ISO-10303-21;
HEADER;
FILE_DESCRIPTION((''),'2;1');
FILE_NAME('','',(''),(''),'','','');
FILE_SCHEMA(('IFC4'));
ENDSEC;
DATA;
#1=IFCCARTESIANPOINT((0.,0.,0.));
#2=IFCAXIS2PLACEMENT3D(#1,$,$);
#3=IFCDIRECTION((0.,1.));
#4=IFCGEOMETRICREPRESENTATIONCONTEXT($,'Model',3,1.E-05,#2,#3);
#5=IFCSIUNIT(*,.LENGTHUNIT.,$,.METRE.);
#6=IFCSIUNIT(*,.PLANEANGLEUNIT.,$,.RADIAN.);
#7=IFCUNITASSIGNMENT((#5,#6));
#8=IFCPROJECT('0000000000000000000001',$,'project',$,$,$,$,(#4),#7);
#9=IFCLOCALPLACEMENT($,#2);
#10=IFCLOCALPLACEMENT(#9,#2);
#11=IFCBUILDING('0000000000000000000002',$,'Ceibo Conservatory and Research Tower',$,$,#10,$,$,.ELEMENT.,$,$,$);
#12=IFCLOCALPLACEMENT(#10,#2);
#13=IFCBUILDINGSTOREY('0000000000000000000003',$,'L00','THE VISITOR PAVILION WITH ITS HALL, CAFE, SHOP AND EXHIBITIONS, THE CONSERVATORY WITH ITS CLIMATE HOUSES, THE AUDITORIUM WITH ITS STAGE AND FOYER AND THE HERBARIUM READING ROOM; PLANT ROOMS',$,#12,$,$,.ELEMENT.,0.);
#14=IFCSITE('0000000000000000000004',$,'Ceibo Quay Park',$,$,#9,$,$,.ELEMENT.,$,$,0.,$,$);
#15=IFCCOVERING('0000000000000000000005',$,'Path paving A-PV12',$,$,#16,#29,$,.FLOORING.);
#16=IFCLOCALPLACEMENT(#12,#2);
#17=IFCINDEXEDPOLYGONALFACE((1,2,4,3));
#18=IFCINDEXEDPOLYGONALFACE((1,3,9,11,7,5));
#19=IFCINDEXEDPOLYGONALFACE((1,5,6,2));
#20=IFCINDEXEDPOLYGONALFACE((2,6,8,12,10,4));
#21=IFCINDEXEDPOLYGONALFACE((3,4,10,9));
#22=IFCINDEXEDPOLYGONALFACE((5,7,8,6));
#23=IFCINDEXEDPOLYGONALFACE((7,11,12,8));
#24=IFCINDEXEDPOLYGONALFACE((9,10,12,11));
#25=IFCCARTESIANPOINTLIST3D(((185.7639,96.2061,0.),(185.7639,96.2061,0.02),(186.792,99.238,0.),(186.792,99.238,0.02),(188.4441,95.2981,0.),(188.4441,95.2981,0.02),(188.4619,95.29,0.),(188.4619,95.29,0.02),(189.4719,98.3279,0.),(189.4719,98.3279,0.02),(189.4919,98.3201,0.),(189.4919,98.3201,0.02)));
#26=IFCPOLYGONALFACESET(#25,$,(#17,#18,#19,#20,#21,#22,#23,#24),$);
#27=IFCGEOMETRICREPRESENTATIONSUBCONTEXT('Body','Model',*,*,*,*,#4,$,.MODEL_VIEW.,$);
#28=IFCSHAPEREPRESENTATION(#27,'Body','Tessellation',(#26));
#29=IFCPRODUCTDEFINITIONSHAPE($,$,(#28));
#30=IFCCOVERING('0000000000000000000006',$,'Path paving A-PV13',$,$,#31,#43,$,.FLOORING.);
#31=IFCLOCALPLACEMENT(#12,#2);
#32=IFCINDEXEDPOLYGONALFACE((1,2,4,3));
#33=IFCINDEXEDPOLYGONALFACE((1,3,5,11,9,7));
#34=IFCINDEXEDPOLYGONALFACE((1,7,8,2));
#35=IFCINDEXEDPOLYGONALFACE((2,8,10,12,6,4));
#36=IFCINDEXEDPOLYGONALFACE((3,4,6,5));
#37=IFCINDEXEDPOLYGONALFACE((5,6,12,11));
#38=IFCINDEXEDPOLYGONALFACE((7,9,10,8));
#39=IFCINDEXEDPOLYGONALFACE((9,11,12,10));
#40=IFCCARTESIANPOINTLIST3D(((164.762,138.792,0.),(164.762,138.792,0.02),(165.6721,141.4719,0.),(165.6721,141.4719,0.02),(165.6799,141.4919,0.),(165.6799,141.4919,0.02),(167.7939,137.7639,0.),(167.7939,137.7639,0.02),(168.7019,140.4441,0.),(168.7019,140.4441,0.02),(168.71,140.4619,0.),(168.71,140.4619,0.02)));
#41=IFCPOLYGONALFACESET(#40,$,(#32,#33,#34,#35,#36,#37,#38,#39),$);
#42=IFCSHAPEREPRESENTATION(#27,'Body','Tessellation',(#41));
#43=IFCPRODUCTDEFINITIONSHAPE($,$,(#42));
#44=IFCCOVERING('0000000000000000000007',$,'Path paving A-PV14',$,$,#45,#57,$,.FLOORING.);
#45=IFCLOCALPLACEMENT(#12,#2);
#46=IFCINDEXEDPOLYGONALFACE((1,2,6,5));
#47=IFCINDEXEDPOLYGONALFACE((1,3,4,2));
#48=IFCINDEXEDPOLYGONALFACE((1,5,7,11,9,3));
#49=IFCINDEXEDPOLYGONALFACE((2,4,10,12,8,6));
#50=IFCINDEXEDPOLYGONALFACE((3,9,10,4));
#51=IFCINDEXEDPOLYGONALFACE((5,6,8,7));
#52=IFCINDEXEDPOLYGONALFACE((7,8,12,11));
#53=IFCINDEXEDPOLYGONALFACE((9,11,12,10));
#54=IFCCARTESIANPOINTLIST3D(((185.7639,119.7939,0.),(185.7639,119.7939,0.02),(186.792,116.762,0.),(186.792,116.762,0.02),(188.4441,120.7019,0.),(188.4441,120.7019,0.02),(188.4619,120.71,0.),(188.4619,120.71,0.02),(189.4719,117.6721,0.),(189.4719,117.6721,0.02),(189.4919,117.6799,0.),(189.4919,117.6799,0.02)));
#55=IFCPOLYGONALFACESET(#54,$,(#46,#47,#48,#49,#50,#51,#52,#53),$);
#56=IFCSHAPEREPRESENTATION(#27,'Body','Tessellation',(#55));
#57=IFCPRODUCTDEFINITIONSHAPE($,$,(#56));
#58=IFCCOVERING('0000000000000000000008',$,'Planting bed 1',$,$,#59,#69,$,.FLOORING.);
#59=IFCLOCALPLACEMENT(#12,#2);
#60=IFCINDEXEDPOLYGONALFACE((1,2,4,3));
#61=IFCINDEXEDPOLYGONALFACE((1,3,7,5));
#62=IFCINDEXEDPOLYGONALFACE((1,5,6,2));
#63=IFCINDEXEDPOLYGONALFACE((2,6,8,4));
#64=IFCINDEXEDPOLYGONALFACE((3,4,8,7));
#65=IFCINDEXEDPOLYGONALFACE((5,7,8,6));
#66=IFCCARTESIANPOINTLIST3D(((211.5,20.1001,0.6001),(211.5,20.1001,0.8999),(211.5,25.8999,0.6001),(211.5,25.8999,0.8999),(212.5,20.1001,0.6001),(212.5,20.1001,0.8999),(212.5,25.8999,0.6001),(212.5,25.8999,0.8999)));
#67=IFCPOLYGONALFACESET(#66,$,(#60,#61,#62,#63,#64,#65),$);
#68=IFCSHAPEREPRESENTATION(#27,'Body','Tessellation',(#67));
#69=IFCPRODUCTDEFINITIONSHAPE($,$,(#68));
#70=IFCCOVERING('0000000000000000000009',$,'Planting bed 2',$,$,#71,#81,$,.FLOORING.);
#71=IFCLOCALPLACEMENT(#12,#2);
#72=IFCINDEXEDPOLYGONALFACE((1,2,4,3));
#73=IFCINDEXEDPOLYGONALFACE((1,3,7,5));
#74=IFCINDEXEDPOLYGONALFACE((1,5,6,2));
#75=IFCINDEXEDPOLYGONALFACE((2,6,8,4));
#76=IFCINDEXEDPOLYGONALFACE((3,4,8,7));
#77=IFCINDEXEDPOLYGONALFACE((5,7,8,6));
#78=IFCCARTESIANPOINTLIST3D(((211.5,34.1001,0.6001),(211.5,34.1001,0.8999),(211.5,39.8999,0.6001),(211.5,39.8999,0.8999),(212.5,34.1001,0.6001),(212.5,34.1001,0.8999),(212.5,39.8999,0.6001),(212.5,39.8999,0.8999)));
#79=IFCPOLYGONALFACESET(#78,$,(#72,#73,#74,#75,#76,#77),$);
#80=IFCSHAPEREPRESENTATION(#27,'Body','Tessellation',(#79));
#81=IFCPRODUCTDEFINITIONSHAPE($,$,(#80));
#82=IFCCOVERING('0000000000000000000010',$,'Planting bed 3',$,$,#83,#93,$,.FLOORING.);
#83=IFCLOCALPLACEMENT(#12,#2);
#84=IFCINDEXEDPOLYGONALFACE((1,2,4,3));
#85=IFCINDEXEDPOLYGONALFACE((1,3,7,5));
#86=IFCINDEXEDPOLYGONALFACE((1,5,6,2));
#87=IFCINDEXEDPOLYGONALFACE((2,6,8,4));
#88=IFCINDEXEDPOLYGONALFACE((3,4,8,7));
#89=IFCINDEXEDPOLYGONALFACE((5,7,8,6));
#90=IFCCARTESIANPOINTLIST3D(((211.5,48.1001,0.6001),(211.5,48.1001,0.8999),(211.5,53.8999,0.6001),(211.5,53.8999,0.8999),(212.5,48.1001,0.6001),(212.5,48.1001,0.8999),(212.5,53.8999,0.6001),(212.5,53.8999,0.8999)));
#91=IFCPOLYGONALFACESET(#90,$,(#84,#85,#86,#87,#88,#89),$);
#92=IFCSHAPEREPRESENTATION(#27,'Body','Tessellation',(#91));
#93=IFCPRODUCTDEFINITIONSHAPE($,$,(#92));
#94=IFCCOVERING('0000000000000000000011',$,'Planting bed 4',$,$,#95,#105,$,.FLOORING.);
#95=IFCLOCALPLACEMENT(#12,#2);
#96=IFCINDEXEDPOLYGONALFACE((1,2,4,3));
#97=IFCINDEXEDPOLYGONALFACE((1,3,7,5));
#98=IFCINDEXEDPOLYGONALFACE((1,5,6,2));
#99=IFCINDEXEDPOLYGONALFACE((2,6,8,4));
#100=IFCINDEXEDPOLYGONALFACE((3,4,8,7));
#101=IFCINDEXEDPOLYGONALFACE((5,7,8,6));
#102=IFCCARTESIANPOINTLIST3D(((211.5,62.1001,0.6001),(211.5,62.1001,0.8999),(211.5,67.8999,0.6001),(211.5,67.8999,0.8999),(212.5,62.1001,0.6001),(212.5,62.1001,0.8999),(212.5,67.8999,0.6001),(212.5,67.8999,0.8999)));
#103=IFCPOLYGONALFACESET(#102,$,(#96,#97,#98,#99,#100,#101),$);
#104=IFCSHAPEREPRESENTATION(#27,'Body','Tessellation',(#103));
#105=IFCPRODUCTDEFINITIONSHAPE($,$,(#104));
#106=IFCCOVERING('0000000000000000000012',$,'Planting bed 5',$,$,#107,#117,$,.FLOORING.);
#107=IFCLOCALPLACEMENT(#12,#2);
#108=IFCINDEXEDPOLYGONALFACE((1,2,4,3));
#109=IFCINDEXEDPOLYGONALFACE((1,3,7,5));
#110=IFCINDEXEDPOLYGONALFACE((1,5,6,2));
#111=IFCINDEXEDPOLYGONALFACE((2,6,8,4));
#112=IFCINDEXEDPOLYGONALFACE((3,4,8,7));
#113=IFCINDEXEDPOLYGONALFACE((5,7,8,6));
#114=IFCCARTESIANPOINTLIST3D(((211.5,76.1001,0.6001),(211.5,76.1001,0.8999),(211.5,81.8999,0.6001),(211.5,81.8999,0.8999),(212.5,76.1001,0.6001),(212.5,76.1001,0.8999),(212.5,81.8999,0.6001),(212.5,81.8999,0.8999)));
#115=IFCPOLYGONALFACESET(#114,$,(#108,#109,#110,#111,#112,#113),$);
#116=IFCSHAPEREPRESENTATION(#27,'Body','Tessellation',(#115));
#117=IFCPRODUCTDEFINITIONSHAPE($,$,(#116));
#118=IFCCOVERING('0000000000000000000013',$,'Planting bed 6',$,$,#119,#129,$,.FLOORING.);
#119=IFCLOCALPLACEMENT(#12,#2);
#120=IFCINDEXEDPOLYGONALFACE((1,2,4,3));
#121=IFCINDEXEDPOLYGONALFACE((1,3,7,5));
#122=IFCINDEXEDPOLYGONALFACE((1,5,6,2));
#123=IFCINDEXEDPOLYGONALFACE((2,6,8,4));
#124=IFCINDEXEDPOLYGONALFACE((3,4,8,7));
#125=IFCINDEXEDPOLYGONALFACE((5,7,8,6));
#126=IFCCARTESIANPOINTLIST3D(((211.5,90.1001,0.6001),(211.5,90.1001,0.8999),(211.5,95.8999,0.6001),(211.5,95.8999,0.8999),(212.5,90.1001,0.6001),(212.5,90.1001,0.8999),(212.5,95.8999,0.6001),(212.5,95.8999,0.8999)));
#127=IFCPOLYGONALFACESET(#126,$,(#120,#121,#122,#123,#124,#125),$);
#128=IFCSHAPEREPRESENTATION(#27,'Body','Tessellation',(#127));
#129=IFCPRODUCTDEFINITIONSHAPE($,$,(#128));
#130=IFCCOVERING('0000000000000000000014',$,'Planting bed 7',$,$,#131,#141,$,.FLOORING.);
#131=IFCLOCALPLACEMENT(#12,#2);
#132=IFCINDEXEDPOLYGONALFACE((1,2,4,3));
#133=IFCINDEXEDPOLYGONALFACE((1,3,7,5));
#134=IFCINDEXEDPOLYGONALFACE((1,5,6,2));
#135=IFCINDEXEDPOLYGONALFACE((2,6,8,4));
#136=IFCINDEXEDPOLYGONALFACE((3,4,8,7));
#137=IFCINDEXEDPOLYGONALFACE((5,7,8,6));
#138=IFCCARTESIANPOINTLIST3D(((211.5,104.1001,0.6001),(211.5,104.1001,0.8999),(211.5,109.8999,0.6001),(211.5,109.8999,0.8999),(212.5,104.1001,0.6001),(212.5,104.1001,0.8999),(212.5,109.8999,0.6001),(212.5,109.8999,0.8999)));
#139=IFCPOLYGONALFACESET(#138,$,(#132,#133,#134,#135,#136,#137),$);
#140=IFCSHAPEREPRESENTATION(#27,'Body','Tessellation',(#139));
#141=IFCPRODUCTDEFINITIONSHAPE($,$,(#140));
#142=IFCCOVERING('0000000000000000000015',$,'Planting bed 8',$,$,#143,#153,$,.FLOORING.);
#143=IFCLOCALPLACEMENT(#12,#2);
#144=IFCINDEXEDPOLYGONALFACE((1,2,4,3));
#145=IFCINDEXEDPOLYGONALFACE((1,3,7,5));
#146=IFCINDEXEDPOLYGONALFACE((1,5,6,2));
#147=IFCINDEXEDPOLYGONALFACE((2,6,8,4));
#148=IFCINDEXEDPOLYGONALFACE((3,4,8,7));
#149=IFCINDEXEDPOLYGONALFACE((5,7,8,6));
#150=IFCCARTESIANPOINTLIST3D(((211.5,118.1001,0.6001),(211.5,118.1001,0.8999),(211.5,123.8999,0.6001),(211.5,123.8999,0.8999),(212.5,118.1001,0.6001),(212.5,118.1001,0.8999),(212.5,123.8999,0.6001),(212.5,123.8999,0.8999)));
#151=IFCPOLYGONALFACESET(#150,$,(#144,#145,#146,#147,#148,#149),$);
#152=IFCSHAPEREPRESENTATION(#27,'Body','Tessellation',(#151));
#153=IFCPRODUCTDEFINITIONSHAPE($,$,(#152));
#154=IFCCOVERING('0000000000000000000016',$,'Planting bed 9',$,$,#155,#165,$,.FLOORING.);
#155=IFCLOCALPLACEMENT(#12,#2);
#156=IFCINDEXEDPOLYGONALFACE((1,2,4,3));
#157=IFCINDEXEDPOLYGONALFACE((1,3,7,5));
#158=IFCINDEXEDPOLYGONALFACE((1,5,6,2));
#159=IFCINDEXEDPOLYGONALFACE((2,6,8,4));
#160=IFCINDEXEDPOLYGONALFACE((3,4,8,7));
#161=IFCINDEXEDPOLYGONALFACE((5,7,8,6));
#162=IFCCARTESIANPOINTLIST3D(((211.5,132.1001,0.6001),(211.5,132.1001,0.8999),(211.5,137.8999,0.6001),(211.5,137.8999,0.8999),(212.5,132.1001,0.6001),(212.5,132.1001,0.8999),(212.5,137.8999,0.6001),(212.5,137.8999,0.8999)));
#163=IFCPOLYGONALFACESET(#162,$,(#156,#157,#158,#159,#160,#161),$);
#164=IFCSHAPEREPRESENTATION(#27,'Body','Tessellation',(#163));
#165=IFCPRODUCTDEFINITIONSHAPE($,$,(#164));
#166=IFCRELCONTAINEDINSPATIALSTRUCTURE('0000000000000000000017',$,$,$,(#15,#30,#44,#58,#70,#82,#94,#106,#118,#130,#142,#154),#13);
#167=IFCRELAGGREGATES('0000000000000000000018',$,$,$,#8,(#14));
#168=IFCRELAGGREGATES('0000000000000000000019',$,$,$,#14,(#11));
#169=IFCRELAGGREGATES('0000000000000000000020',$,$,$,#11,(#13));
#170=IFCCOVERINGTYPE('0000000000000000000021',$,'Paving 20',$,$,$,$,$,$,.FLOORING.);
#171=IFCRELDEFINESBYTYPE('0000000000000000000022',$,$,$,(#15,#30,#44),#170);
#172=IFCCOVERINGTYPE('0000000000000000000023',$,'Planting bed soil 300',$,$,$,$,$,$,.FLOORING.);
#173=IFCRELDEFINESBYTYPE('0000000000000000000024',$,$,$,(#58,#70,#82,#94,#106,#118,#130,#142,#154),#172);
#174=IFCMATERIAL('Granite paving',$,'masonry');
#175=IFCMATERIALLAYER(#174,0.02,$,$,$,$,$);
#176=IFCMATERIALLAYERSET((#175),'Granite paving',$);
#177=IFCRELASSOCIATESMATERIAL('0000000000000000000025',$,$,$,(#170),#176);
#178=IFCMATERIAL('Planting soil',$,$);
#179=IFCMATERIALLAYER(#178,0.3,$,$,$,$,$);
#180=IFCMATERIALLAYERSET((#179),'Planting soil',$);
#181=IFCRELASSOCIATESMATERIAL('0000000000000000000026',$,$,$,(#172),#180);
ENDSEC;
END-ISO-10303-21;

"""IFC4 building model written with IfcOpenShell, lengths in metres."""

from ifc_helpers import new_model, si_unit, direction, frame, origin, place, context, subcontext, project, spatial, polyline, outline, extrude, material, layer, layer_set, type_object, element, save


model = new_model("IFC4")

# Units and contexts
model_context = context("Model", 3, precision=1e-05, world=origin(), true_north=direction((0.0, 1.0)))
body_context = subcontext(model_context, "Body", "Model", "MODEL_VIEW")
ifc_project = project(units=[si_unit("LENGTHUNIT", "METRE"), si_unit("PLANEANGLEUNIT", "RADIAN")], contexts=[model_context])

# Site, building, storey
site_placement = place(None, origin())
site = spatial("IfcSite", under=ifc_project, at=site_placement, Name="Ceibo Quay Park", CompositionType="ELEMENT", RefElevation=0.0)
building_placement = place(site_placement, origin())
building = spatial("IfcBuilding", under=site, at=building_placement, Name="Ceibo Conservatory and Research Tower", CompositionType="ELEMENT")
storey_placement = place(building_placement, origin())
storey = spatial("IfcBuildingStorey", under=building, at=storey_placement, Name="L00", Description="THE VISITOR PAVILION WITH ITS HALL, CAFE, SHOP AND EXHIBITIONS, THE CONSERVATORY WITH ITS CLIMATE HOUSES, THE AUDITORIUM WITH ITS STAGE AND FOYER AND THE HERBARIUM READING ROOM; PLANT ROOMS", CompositionType="ELEMENT", Elevation=0.0)

# Coverings
ifc_material_1 = material(Name="Granite paving", Category="masonry")
ifc_layer_1 = layer(ifc_material_1, 0.02)
ifc_layer_set_1 = layer_set([ifc_layer_1], Name="Granite paving")
covering_type_1 = type_object("IfcCoveringType", Name="Paving 20", PredefinedType="FLOORING", material=ifc_layer_set_1)
covering_1_placement = place(storey_placement, origin())
element("IfcCovering", 1, at=covering_1_placement, inside=storey, type_object=covering_type_1, Name="Path paving A-PV12", PredefinedType="FLOORING", context=body_context, shape_type="SweptSolid", body=[
    extrude(outline(polyline([(188.4441, 95.2981), (188.4619, 95.29), (189.4919, 98.3201), (189.4719, 98.3279), (186.792, 99.238), (185.7639, 96.2061), (188.4441, 95.2981)])), origin(), (0.0, 0.0, 1.0), 0.02),
])
covering_2_placement = place(storey_placement, origin())
element("IfcCovering", 2, at=covering_2_placement, inside=storey, type_object=covering_type_1, Name="Path paving A-PV13", PredefinedType="FLOORING", context=body_context, shape_type="SweptSolid", body=[
    extrude(outline(polyline([(168.71, 140.4619), (165.6799, 141.4919), (165.6721, 141.4719), (164.762, 138.792), (167.7939, 137.7639), (168.7019, 140.4441), (168.71, 140.4619)])), origin(), (0.0, 0.0, 1.0), 0.02),
])
covering_3_placement = place(storey_placement, origin())
element("IfcCovering", 3, at=covering_3_placement, inside=storey, type_object=covering_type_1, Name="Path paving A-PV14", PredefinedType="FLOORING", context=body_context, shape_type="SweptSolid", body=[
    extrude(outline(polyline([(189.4719, 117.6721), (189.4919, 117.6799), (188.4619, 120.71), (188.4441, 120.7019), (185.7639, 119.7939), (186.792, 116.762), (189.4719, 117.6721)])), origin(), (0.0, 0.0, 1.0), 0.02),
])
ifc_material_2 = material(Name="Planting soil")
ifc_layer_2 = layer(ifc_material_2, 0.3)
ifc_layer_set_2 = layer_set([ifc_layer_2], Name="Planting soil")
covering_type_2 = type_object("IfcCoveringType", Name="Planting bed soil 300", PredefinedType="FLOORING", material=ifc_layer_set_2)
covering_4_placement = place(storey_placement, frame((0.0, 0.0, 0.6001)))
element("IfcCovering", 4, at=covering_4_placement, inside=storey, type_object=covering_type_2, Name="Planting bed 1", PredefinedType="FLOORING", context=body_context, shape_type="SweptSolid", body=[
    extrude(outline(polyline([(211.5, 20.1001), (212.5, 20.1001), (212.5, 25.8999), (211.5, 25.8999), (211.5, 20.1001)])), origin(), (0.0, 0.0, 1.0), 0.2998),
])
covering_5_placement = place(storey_placement, frame((0.0, 0.0, 0.6001)))
element("IfcCovering", 5, at=covering_5_placement, inside=storey, type_object=covering_type_2, Name="Planting bed 2", PredefinedType="FLOORING", context=body_context, shape_type="SweptSolid", body=[
    extrude(outline(polyline([(211.5, 34.1001), (212.5, 34.1001), (212.5, 39.8999), (211.5, 39.8999), (211.5, 34.1001)])), origin(), (0.0, 0.0, 1.0), 0.2998),
])
covering_6_placement = place(storey_placement, frame((0.0, 0.0, 0.6001)))
element("IfcCovering", 6, at=covering_6_placement, inside=storey, type_object=covering_type_2, Name="Planting bed 3", PredefinedType="FLOORING", context=body_context, shape_type="SweptSolid", body=[
    extrude(outline(polyline([(211.5, 48.1001), (212.5, 48.1001), (212.5, 53.8999), (211.5, 53.8999), (211.5, 48.1001)])), origin(), (0.0, 0.0, 1.0), 0.2998),
])
covering_7_placement = place(storey_placement, frame((0.0, 0.0, 0.6001)))
element("IfcCovering", 7, at=covering_7_placement, inside=storey, type_object=covering_type_2, Name="Planting bed 4", PredefinedType="FLOORING", context=body_context, shape_type="SweptSolid", body=[
    extrude(outline(polyline([(211.5, 62.1001), (212.5, 62.1001), (212.5, 67.8999), (211.5, 67.8999), (211.5, 62.1001)])), origin(), (0.0, 0.0, 1.0), 0.2998),
])
covering_8_placement = place(storey_placement, frame((0.0, 0.0, 0.6001)))
element("IfcCovering", 8, at=covering_8_placement, inside=storey, type_object=covering_type_2, Name="Planting bed 5", PredefinedType="FLOORING", context=body_context, shape_type="SweptSolid", body=[
    extrude(outline(polyline([(211.5, 76.1001), (212.5, 76.1001), (212.5, 81.8999), (211.5, 81.8999), (211.5, 76.1001)])), origin(), (0.0, 0.0, 1.0), 0.2998),
])
covering_9_placement = place(storey_placement, frame((0.0, 0.0, 0.6001)))
element("IfcCovering", 9, at=covering_9_placement, inside=storey, type_object=covering_type_2, Name="Planting bed 6", PredefinedType="FLOORING", context=body_context, shape_type="SweptSolid", body=[
    extrude(outline(polyline([(211.5, 90.1001), (212.5, 90.1001), (212.5, 95.8999), (211.5, 95.8999), (211.5, 90.1001)])), origin(), (0.0, 0.0, 1.0), 0.2998),
])
covering_10_placement = place(storey_placement, frame((0.0, 0.0, 0.6001)))
element("IfcCovering", 10, at=covering_10_placement, inside=storey, type_object=covering_type_2, Name="Planting bed 7", PredefinedType="FLOORING", context=body_context, shape_type="SweptSolid", body=[
    extrude(outline(polyline([(211.5, 104.1001), (212.5, 104.1001), (212.5, 109.8999), (211.5, 109.8999), (211.5, 104.1001)])), origin(), (0.0, 0.0, 1.0), 0.2998),
])
covering_11_placement = place(storey_placement, frame((0.0, 0.0, 0.6001)))
element("IfcCovering", 11, at=covering_11_placement, inside=storey, type_object=covering_type_2, Name="Planting bed 8", PredefinedType="FLOORING", context=body_context, shape_type="SweptSolid", body=[
    extrude(outline(polyline([(211.5, 118.1001), (212.5, 118.1001), (212.5, 123.8999), (211.5, 123.8999), (211.5, 118.1001)])), origin(), (0.0, 0.0, 1.0), 0.2998),
])
covering_12_placement = place(storey_placement, frame((0.0, 0.0, 0.6001)))
element("IfcCovering", 12, at=covering_12_placement, inside=storey, type_object=covering_type_2, Name="Planting bed 9", PredefinedType="FLOORING", context=body_context, shape_type="SweptSolid", body=[
    extrude(outline(polyline([(211.5, 132.1001), (212.5, 132.1001), (212.5, 137.8999), (211.5, 137.8999), (211.5, 132.1001)])), origin(), (0.0, 0.0, 1.0), 0.2998),
])

save(model, "model.ifc")
